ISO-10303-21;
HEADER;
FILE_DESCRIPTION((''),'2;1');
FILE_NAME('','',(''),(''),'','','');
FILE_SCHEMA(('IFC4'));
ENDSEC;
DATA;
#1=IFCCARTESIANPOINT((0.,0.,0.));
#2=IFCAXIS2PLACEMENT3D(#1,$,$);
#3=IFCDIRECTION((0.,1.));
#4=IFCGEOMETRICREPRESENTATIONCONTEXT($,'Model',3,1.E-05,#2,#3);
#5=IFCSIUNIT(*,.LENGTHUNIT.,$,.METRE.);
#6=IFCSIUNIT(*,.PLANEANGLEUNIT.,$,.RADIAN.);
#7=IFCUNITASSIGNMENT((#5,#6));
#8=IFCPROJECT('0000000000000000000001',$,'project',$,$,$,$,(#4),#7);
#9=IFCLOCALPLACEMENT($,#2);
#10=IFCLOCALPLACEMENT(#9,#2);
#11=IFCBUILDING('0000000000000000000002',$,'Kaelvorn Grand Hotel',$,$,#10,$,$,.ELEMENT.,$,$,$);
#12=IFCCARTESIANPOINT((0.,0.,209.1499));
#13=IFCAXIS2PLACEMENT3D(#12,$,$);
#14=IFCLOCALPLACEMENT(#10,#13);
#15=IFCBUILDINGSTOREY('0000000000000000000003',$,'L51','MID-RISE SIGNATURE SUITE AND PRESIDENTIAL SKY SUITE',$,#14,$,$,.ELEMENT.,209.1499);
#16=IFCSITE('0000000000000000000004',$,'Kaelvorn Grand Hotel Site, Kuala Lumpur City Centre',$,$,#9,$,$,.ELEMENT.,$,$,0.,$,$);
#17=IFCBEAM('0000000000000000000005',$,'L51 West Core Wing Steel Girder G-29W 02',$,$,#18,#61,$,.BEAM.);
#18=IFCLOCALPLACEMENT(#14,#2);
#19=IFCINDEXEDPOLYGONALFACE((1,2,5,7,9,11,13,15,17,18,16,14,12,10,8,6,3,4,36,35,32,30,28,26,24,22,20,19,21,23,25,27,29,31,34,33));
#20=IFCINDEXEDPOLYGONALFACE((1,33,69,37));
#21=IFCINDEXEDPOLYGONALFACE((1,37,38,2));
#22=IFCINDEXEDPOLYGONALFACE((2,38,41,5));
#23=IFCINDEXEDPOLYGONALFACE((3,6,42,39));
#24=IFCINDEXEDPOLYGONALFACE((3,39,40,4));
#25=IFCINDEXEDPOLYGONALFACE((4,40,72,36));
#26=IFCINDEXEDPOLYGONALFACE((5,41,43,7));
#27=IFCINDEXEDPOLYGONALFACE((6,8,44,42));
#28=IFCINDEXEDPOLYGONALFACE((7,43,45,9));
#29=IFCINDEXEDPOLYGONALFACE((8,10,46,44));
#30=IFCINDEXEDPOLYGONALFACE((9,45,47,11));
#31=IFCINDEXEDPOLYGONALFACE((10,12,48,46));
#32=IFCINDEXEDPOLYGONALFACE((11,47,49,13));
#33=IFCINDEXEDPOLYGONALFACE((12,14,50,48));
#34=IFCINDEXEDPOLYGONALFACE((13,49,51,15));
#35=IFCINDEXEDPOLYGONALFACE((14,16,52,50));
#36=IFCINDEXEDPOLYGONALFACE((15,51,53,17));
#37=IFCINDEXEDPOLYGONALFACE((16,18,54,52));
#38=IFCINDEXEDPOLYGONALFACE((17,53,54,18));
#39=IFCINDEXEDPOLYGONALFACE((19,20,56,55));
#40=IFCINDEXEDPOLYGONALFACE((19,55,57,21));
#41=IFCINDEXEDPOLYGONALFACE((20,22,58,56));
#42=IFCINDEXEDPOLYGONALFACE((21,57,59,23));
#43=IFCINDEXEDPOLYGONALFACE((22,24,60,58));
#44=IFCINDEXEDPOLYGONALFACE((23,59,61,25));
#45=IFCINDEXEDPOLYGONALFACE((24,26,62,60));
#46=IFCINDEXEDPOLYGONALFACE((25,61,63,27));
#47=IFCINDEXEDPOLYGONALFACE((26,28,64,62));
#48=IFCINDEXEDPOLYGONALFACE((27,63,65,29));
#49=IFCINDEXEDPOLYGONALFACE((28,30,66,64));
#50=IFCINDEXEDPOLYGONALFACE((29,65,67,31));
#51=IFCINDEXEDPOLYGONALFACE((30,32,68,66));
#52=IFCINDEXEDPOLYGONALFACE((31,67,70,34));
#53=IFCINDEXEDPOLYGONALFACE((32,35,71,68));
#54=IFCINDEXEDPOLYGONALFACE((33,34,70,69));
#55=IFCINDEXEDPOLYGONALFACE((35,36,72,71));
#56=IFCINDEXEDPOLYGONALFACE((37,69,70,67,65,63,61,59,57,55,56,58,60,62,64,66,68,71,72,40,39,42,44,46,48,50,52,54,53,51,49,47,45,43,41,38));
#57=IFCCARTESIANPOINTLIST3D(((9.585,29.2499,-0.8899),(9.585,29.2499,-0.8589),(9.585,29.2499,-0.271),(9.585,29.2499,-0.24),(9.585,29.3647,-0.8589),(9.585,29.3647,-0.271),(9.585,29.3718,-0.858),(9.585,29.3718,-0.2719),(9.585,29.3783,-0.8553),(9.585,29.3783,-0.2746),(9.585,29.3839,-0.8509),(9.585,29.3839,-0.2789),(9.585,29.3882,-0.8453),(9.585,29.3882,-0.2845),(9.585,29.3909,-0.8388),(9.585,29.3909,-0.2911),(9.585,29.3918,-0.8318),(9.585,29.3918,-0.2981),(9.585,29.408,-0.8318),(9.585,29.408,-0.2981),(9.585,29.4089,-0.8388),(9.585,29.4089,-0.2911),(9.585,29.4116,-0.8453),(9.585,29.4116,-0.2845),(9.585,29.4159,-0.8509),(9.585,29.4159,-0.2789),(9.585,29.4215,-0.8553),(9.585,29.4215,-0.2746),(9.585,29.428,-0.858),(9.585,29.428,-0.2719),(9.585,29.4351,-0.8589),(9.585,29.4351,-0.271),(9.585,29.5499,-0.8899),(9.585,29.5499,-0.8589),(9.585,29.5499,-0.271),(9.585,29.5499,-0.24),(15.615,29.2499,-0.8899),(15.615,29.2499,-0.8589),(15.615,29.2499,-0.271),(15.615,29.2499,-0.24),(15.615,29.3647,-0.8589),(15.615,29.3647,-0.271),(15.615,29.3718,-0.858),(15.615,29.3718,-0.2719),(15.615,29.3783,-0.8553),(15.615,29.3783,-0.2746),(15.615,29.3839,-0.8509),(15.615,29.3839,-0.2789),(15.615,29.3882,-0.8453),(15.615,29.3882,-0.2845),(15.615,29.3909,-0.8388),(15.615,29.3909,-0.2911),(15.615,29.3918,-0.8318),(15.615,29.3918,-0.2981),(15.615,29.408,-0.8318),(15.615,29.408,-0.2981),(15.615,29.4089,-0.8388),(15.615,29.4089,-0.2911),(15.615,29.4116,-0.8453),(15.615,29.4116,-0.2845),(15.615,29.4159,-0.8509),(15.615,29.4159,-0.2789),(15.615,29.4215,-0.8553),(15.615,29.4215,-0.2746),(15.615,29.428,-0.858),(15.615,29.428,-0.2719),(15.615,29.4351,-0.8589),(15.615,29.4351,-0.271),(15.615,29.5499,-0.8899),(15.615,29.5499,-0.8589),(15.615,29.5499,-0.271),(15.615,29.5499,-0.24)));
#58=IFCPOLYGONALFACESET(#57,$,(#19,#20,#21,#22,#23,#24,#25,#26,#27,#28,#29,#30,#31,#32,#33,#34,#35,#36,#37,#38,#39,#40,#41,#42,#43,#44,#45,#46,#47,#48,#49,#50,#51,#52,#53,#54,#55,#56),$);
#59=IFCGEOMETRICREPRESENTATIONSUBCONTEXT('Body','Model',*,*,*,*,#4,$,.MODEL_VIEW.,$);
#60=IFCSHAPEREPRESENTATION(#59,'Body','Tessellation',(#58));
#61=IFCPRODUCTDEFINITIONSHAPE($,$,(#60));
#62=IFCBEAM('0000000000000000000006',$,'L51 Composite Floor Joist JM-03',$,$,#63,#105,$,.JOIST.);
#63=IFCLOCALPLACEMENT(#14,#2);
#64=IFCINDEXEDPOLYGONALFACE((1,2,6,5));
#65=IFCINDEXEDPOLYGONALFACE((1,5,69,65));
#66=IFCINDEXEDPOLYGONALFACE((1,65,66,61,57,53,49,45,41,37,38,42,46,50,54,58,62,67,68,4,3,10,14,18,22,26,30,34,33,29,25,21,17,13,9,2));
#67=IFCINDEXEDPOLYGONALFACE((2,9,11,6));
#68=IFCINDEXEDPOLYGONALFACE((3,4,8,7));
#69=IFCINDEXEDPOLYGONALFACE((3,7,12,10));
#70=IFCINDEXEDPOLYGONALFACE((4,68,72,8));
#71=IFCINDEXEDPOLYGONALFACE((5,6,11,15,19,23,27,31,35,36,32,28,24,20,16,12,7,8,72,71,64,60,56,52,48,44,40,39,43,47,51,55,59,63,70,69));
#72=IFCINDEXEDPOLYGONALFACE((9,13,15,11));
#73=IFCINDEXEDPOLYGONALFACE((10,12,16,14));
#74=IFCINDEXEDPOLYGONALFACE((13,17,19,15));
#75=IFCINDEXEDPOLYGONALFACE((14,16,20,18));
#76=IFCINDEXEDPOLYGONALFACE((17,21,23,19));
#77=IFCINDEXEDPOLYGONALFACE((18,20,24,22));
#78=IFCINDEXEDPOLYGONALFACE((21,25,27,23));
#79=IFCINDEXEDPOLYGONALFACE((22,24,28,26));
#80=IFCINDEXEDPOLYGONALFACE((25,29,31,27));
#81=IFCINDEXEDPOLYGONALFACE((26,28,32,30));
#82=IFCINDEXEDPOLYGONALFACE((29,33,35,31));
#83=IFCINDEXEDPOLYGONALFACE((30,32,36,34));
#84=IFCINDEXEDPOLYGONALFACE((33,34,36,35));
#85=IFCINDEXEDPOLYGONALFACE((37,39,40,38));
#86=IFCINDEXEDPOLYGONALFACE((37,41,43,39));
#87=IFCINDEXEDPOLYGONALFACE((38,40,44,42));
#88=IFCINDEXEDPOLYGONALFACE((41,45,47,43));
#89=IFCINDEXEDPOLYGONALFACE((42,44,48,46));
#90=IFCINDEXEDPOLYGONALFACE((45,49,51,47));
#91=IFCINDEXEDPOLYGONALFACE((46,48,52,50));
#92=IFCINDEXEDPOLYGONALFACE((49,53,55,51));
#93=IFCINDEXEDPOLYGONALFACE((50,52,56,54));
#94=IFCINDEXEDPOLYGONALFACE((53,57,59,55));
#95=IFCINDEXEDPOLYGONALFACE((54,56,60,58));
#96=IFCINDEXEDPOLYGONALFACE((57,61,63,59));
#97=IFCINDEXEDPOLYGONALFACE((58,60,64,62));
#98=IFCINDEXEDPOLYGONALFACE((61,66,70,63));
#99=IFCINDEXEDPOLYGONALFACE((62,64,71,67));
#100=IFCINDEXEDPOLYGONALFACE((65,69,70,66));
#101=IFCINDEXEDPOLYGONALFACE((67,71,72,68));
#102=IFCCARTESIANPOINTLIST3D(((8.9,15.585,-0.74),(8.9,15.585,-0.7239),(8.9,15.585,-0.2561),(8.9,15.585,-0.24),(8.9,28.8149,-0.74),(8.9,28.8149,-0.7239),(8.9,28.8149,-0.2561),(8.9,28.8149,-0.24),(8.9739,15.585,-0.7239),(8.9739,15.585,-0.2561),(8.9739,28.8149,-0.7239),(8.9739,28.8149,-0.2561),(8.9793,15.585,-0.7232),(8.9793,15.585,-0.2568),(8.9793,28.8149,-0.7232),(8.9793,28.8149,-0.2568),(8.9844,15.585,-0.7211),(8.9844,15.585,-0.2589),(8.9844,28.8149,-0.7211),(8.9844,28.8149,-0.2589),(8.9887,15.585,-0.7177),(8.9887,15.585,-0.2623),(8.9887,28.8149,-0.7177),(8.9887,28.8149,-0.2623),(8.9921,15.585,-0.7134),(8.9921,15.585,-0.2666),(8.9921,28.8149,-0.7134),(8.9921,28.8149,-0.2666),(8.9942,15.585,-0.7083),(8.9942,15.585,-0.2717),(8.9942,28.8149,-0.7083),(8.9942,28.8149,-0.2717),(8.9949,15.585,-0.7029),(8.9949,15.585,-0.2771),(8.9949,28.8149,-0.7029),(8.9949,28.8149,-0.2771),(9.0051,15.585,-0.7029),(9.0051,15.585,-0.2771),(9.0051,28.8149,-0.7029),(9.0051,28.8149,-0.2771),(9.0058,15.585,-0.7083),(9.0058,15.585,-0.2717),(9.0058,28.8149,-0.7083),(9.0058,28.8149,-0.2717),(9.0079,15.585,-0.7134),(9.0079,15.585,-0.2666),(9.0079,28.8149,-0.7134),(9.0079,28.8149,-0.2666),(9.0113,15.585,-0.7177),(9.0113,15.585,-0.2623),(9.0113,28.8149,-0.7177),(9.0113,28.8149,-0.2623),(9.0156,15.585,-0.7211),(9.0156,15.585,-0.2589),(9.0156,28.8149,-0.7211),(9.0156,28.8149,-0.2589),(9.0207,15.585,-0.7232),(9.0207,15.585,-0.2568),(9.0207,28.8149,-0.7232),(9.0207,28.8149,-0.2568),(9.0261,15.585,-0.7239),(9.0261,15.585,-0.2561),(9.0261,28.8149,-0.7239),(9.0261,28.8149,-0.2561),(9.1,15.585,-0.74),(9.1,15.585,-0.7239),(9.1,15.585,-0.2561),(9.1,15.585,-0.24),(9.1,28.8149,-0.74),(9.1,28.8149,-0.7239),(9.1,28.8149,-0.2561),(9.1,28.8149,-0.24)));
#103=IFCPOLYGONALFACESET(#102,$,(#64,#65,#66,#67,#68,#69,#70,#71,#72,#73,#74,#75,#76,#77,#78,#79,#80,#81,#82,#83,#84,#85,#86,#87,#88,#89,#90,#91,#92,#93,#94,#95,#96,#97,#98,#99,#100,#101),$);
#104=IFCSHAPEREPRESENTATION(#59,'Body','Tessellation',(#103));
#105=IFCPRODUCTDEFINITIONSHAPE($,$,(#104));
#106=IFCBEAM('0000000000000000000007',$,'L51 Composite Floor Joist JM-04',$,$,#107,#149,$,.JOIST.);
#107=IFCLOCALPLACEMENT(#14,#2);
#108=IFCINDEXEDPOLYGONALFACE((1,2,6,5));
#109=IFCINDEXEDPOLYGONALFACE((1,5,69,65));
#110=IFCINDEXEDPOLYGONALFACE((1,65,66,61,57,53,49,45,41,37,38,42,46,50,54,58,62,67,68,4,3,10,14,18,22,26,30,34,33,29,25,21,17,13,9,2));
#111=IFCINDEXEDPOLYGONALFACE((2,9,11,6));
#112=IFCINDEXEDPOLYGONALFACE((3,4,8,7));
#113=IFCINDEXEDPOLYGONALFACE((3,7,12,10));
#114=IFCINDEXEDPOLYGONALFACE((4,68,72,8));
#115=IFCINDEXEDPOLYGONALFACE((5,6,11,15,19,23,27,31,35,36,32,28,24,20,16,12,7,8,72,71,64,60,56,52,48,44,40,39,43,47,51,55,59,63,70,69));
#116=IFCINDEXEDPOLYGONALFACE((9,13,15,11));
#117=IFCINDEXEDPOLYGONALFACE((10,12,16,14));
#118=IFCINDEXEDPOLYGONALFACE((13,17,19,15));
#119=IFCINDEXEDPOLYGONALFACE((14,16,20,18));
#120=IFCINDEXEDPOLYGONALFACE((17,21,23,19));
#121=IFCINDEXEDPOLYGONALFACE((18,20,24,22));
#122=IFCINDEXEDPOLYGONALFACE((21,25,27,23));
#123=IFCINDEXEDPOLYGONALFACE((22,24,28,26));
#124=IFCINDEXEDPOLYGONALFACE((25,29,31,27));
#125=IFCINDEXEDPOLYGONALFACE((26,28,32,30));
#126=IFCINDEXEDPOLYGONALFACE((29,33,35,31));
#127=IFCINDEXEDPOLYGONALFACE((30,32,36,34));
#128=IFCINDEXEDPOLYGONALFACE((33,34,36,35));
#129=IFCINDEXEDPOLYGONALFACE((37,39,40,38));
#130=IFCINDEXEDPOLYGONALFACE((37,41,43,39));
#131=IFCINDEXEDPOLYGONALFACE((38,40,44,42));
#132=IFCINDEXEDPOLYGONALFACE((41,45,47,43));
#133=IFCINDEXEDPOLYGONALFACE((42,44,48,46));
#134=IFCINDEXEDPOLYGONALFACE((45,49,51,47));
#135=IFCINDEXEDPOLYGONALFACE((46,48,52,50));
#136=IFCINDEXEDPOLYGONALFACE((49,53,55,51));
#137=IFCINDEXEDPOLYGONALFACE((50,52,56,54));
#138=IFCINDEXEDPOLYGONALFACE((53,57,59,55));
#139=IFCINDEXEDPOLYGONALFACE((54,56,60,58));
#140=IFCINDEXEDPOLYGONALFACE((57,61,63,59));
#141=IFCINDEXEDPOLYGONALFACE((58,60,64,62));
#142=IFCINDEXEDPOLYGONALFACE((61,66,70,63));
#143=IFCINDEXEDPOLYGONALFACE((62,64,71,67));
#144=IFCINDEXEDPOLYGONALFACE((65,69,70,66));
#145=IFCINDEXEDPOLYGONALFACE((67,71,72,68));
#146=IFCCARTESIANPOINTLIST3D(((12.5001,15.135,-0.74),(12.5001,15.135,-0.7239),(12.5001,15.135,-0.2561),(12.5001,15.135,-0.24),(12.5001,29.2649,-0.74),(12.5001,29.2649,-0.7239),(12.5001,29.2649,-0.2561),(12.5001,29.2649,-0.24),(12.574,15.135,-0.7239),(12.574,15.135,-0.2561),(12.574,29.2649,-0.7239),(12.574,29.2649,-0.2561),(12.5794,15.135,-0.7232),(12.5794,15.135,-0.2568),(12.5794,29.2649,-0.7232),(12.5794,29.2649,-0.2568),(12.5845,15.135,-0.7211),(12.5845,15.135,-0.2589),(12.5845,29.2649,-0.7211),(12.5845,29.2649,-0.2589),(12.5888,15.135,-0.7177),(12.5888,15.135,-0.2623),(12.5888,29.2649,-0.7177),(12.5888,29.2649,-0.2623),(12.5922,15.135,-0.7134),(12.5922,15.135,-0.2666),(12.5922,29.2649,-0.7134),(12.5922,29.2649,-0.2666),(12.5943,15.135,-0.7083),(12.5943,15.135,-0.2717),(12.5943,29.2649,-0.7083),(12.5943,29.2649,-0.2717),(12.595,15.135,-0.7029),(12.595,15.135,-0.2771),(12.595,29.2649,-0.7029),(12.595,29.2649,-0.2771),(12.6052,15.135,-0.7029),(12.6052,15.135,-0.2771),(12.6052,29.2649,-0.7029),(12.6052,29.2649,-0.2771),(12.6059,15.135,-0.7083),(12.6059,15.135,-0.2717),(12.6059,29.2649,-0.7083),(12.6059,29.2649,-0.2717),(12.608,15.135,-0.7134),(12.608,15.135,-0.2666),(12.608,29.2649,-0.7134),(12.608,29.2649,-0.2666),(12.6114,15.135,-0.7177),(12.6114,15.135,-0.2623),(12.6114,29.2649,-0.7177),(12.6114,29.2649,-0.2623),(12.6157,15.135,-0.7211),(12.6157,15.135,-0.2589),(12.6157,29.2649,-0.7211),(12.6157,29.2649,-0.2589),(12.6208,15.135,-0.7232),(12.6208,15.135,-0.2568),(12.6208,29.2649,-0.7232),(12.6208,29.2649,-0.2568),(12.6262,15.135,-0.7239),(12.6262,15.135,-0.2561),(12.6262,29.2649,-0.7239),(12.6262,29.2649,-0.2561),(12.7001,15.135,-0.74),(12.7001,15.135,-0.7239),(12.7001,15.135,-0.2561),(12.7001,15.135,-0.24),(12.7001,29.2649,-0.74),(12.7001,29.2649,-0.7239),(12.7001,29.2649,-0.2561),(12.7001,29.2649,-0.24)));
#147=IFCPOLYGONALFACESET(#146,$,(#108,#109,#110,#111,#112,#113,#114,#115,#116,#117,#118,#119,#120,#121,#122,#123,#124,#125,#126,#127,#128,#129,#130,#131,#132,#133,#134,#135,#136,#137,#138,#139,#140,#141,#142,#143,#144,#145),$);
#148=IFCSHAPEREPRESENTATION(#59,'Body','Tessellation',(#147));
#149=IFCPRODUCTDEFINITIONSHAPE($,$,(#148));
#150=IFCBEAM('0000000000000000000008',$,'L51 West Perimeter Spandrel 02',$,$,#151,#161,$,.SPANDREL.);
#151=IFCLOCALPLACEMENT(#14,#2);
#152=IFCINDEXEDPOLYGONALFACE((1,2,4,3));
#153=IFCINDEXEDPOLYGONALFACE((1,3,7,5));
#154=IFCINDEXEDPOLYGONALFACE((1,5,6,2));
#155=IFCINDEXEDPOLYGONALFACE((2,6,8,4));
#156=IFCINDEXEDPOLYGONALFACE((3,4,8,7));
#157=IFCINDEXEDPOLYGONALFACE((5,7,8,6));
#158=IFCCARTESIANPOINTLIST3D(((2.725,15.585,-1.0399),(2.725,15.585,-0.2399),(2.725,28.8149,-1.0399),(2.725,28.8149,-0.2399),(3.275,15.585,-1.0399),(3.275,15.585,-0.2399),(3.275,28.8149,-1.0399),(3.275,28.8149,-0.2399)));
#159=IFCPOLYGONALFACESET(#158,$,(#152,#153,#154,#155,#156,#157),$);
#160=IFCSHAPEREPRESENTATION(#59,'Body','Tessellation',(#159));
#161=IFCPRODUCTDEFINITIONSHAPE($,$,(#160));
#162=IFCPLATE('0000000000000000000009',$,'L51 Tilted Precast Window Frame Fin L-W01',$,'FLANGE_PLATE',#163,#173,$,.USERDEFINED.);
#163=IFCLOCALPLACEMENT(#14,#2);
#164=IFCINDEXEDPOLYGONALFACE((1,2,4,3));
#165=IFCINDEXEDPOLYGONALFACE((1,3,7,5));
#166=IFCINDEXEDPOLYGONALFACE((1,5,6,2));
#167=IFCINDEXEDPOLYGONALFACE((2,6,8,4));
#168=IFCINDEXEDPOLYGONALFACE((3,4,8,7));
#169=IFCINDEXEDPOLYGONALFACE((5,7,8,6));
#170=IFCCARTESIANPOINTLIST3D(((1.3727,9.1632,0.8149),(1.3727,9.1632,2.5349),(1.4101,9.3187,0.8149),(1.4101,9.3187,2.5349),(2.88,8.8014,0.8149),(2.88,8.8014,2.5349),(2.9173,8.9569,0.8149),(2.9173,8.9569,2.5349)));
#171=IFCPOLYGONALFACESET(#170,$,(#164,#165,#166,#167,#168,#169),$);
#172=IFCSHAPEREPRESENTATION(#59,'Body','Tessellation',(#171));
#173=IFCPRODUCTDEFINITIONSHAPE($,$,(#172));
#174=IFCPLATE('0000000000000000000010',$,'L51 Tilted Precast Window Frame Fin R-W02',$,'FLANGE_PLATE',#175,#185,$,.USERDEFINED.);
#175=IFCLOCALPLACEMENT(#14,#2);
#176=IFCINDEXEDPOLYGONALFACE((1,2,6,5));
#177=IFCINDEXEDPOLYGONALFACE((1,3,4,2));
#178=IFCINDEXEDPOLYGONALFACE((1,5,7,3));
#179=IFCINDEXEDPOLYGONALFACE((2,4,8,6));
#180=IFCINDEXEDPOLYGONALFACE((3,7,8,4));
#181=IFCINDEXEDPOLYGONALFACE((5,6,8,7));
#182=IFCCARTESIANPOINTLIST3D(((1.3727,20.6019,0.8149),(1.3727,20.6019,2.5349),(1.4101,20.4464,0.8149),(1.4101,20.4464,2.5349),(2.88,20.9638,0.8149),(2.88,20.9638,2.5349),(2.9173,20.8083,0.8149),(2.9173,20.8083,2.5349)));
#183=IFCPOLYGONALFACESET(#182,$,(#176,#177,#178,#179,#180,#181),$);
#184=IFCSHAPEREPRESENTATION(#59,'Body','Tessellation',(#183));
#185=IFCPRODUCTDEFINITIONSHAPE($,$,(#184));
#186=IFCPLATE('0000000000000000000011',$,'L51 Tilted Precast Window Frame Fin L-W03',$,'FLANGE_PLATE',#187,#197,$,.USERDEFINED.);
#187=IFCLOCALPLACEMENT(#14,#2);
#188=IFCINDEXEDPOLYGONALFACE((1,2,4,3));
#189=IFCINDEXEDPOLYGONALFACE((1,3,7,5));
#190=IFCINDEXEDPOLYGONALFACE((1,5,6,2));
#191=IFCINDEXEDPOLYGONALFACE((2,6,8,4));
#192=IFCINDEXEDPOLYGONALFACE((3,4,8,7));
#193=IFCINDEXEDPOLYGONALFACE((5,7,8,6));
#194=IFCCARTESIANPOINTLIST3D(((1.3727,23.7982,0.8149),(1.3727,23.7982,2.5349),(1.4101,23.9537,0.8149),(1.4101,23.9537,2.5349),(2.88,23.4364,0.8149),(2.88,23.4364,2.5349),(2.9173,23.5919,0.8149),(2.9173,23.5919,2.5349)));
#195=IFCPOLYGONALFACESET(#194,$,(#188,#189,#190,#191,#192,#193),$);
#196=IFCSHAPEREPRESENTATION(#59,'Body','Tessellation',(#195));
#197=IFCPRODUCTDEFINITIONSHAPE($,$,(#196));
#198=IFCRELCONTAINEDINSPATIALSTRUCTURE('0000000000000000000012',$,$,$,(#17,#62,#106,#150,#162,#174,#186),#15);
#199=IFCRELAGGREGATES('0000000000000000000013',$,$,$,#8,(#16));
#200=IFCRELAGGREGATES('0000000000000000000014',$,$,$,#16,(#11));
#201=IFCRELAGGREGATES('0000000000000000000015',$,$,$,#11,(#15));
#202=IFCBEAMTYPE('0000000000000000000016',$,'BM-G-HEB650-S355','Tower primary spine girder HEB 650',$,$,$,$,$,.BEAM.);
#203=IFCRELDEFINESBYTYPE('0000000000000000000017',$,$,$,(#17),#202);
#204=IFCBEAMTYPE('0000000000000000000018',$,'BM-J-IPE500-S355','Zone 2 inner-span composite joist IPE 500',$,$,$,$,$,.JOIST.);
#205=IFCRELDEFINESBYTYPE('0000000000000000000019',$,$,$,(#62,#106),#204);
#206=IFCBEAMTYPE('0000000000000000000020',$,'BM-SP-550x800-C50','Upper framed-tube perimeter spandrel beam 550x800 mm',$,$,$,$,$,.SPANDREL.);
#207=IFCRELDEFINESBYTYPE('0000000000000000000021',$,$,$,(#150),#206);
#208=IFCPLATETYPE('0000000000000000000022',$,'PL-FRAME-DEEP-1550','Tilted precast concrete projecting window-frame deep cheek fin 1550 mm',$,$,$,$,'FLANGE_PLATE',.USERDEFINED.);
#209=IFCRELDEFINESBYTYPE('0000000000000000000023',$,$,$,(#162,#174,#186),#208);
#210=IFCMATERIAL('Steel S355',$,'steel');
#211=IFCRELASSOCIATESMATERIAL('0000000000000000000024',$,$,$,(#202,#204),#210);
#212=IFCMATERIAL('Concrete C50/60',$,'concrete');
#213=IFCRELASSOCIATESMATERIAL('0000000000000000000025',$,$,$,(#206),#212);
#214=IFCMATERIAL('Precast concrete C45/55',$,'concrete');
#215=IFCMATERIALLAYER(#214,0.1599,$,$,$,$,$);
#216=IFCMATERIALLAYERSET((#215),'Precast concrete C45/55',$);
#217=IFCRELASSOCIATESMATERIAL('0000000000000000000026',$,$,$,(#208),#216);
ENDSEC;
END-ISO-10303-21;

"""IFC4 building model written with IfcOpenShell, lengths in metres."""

from ifc_helpers import new_model, si_unit, direction, frame, origin, origin_2d, place, context, subcontext, project, spatial, rectangle, i_section, extrude, material, layer, layer_set, material_profile, profile_set, type_object, element, save


model = new_model("IFC4")

# Units and contexts
model_context = context("Model", 3, precision=1e-05, world=origin(), true_north=direction((0.0, 1.0)))
body_context = subcontext(model_context, "Body", "Model", "MODEL_VIEW")
ifc_project = project(units=[si_unit("LENGTHUNIT", "METRE"), si_unit("PLANEANGLEUNIT", "RADIAN")], contexts=[model_context])

# Site, building, storey
site_placement = place(None, origin())
site = spatial("IfcSite", under=ifc_project, at=site_placement, Name="Kaelvorn Grand Hotel Site, Kuala Lumpur City Centre", CompositionType="ELEMENT", RefElevation=0.0)
building_placement = place(site_placement, origin())
building = spatial("IfcBuilding", under=site, at=building_placement, Name="Kaelvorn Grand Hotel", CompositionType="ELEMENT")
storey_placement = place(building_placement, frame((0.0, 0.0, 209.1499)))
storey = spatial("IfcBuildingStorey", under=building, at=storey_placement, Name="L51", Description="MID-RISE SIGNATURE SUITE AND PRESIDENTIAL SKY SUITE", CompositionType="ELEMENT", Elevation=209.1499)

# Beams
ifc_material_1 = material(Name="Steel S355", Category="steel")
ifc_material_profile_1 = material_profile(ifc_material_1, i_section(OverallWidth=0.3, OverallDepth=0.6499, WebThickness=0.0161, FlangeThickness=0.031, FilletRadius=0.0271, at=origin_2d()), Name="HEB 650")
ifc_profile_set_1 = profile_set([ifc_material_profile_1], Name="Steel S355")
beam_type_1 = type_object("IfcBeamType", Name="BM-G-HEB650-S355", Description="Tower primary spine girder HEB 650", PredefinedType="BEAM", material=ifc_profile_set_1)
beam_1_placement = place(storey_placement, frame((9.585, 29.3999, -0.5649), z_axis=(1.0, 0.0, 0.0), x_axis=(0.0, 1.0, 0.0)))
element("IfcBeam", 1, at=beam_1_placement, inside=storey, type_object=beam_type_1, Name="L51 West Core Wing Steel Girder G-29W 02", PredefinedType="BEAM", context=body_context, shape_type="SweptSolid", body=[
    extrude(i_section(OverallWidth=0.3, OverallDepth=0.6499, WebThickness=0.0161, FlangeThickness=0.031, FilletRadius=0.0271, at=origin_2d()), origin(), (0.0, 0.0, 1.0), 6.03),
])
ifc_material_profile_2 = material_profile(ifc_material_1, i_section(OverallWidth=0.2, OverallDepth=0.5, WebThickness=0.0103, FlangeThickness=0.0161, FilletRadius=0.021, at=origin_2d()), Name="IPE 500")
ifc_profile_set_2 = profile_set([ifc_material_profile_2], Name="Steel S355")
beam_type_2 = type_object("IfcBeamType", Name="BM-J-IPE500-S355", Description="Zone 2 inner-span composite joist IPE 500", PredefinedType="JOIST", material=ifc_profile_set_2)
beam_2_placement = place(storey_placement, frame((9.0, 15.585, -0.49), z_axis=(0.0, 1.0, 0.0), x_axis=(-1.0, 0.0, 0.0)))
element("IfcBeam", 2, at=beam_2_placement, inside=storey, type_object=beam_type_2, Name="L51 Composite Floor Joist JM-03", PredefinedType="JOIST", context=body_context, shape_type="SweptSolid", body=[
    extrude(i_section(OverallWidth=0.2, OverallDepth=0.5, WebThickness=0.0103, FlangeThickness=0.0161, FilletRadius=0.021, at=origin_2d()), origin(), (0.0, 0.0, 1.0), 13.23),
])
beam_3_placement = place(storey_placement, frame((12.6001, 15.135, -0.49), z_axis=(0.0, 1.0, 0.0), x_axis=(-1.0, 0.0, 0.0)))
element("IfcBeam", 3, at=beam_3_placement, inside=storey, type_object=beam_type_2, Name="L51 Composite Floor Joist JM-04", PredefinedType="JOIST", context=body_context, shape_type="SweptSolid", body=[
    extrude(i_section(OverallWidth=0.2, OverallDepth=0.5, WebThickness=0.0103, FlangeThickness=0.0161, FilletRadius=0.021, at=origin_2d()), origin(), (0.0, 0.0, 1.0), 14.1299),
])
ifc_material_2 = material(Name="Concrete C50/60", Category="concrete")
ifc_material_profile_3 = material_profile(ifc_material_2, rectangle(XDim=0.55, YDim=0.8, at=origin_2d()), Name="RC SPANDREL 550x800")
ifc_profile_set_3 = profile_set([ifc_material_profile_3], Name="Concrete C50/60")
beam_type_3 = type_object("IfcBeamType", Name="BM-SP-550x800-C50", Description="Upper framed-tube perimeter spandrel beam 550x800 mm", PredefinedType="SPANDREL", material=ifc_profile_set_3)
beam_4_placement = place(storey_placement, frame((3.0, 15.585, -0.6399), z_axis=(0.0, 1.0, 0.0), x_axis=(-1.0, 0.0, 0.0)))
element("IfcBeam", 4, at=beam_4_placement, inside=storey, type_object=beam_type_3, Name="L51 West Perimeter Spandrel 02", PredefinedType="SPANDREL", context=body_context, shape_type="SweptSolid", body=[
    extrude(rectangle(XDim=0.55, YDim=0.8, at=origin_2d()), origin(), (0.0, 0.0, 1.0), 13.23),
])

# Plates
ifc_material_3 = material(Name="Precast concrete C45/55", Category="concrete")
ifc_layer_1 = layer(ifc_material_3, 0.1599)
ifc_layer_set_1 = layer_set([ifc_layer_1], Name="Precast concrete C45/55")
plate_type_1 = type_object("IfcPlateType", Name="PL-FRAME-DEEP-1550", Description="Tilted precast concrete projecting window-frame deep cheek fin 1550 mm", ElementType="FLANGE_PLATE", PredefinedType="USERDEFINED", material=ifc_layer_set_1)
for number, where, z_axis, x_axis, name in (
    (5, (2.145, 9.0601, 0.8149), (0.0, 0.0, 1.0), (0.233445, 0.97237, 0.0), "L51 Tilted Precast Window Frame Fin L-W01"),
    (6, (2.145, 20.7051, 0.8149), (0.0, 0.0, 1.0), (-0.233445, 0.97237, 0.0), "L51 Tilted Precast Window Frame Fin R-W02"),
    (7, (2.145, 23.6951, 0.8149), (0.0, 0.0, 1.0), (0.233445, 0.97237, 0.0), "L51 Tilted Precast Window Frame Fin L-W03"),
):
    element("IfcPlate", number, at=place(storey_placement, frame(where, z_axis=z_axis, x_axis=x_axis)), inside=storey, type_object=plate_type_1, Name=name, ObjectType="FLANGE_PLATE", PredefinedType="USERDEFINED", context=body_context, shape_type="SweptSolid", body=[
        extrude(rectangle(XDim=0.1599, YDim=1.55, at=origin_2d()), origin(), (0.0, 0.0, 1.0), 1.72),
    ])

save(model, "model.ifc")
